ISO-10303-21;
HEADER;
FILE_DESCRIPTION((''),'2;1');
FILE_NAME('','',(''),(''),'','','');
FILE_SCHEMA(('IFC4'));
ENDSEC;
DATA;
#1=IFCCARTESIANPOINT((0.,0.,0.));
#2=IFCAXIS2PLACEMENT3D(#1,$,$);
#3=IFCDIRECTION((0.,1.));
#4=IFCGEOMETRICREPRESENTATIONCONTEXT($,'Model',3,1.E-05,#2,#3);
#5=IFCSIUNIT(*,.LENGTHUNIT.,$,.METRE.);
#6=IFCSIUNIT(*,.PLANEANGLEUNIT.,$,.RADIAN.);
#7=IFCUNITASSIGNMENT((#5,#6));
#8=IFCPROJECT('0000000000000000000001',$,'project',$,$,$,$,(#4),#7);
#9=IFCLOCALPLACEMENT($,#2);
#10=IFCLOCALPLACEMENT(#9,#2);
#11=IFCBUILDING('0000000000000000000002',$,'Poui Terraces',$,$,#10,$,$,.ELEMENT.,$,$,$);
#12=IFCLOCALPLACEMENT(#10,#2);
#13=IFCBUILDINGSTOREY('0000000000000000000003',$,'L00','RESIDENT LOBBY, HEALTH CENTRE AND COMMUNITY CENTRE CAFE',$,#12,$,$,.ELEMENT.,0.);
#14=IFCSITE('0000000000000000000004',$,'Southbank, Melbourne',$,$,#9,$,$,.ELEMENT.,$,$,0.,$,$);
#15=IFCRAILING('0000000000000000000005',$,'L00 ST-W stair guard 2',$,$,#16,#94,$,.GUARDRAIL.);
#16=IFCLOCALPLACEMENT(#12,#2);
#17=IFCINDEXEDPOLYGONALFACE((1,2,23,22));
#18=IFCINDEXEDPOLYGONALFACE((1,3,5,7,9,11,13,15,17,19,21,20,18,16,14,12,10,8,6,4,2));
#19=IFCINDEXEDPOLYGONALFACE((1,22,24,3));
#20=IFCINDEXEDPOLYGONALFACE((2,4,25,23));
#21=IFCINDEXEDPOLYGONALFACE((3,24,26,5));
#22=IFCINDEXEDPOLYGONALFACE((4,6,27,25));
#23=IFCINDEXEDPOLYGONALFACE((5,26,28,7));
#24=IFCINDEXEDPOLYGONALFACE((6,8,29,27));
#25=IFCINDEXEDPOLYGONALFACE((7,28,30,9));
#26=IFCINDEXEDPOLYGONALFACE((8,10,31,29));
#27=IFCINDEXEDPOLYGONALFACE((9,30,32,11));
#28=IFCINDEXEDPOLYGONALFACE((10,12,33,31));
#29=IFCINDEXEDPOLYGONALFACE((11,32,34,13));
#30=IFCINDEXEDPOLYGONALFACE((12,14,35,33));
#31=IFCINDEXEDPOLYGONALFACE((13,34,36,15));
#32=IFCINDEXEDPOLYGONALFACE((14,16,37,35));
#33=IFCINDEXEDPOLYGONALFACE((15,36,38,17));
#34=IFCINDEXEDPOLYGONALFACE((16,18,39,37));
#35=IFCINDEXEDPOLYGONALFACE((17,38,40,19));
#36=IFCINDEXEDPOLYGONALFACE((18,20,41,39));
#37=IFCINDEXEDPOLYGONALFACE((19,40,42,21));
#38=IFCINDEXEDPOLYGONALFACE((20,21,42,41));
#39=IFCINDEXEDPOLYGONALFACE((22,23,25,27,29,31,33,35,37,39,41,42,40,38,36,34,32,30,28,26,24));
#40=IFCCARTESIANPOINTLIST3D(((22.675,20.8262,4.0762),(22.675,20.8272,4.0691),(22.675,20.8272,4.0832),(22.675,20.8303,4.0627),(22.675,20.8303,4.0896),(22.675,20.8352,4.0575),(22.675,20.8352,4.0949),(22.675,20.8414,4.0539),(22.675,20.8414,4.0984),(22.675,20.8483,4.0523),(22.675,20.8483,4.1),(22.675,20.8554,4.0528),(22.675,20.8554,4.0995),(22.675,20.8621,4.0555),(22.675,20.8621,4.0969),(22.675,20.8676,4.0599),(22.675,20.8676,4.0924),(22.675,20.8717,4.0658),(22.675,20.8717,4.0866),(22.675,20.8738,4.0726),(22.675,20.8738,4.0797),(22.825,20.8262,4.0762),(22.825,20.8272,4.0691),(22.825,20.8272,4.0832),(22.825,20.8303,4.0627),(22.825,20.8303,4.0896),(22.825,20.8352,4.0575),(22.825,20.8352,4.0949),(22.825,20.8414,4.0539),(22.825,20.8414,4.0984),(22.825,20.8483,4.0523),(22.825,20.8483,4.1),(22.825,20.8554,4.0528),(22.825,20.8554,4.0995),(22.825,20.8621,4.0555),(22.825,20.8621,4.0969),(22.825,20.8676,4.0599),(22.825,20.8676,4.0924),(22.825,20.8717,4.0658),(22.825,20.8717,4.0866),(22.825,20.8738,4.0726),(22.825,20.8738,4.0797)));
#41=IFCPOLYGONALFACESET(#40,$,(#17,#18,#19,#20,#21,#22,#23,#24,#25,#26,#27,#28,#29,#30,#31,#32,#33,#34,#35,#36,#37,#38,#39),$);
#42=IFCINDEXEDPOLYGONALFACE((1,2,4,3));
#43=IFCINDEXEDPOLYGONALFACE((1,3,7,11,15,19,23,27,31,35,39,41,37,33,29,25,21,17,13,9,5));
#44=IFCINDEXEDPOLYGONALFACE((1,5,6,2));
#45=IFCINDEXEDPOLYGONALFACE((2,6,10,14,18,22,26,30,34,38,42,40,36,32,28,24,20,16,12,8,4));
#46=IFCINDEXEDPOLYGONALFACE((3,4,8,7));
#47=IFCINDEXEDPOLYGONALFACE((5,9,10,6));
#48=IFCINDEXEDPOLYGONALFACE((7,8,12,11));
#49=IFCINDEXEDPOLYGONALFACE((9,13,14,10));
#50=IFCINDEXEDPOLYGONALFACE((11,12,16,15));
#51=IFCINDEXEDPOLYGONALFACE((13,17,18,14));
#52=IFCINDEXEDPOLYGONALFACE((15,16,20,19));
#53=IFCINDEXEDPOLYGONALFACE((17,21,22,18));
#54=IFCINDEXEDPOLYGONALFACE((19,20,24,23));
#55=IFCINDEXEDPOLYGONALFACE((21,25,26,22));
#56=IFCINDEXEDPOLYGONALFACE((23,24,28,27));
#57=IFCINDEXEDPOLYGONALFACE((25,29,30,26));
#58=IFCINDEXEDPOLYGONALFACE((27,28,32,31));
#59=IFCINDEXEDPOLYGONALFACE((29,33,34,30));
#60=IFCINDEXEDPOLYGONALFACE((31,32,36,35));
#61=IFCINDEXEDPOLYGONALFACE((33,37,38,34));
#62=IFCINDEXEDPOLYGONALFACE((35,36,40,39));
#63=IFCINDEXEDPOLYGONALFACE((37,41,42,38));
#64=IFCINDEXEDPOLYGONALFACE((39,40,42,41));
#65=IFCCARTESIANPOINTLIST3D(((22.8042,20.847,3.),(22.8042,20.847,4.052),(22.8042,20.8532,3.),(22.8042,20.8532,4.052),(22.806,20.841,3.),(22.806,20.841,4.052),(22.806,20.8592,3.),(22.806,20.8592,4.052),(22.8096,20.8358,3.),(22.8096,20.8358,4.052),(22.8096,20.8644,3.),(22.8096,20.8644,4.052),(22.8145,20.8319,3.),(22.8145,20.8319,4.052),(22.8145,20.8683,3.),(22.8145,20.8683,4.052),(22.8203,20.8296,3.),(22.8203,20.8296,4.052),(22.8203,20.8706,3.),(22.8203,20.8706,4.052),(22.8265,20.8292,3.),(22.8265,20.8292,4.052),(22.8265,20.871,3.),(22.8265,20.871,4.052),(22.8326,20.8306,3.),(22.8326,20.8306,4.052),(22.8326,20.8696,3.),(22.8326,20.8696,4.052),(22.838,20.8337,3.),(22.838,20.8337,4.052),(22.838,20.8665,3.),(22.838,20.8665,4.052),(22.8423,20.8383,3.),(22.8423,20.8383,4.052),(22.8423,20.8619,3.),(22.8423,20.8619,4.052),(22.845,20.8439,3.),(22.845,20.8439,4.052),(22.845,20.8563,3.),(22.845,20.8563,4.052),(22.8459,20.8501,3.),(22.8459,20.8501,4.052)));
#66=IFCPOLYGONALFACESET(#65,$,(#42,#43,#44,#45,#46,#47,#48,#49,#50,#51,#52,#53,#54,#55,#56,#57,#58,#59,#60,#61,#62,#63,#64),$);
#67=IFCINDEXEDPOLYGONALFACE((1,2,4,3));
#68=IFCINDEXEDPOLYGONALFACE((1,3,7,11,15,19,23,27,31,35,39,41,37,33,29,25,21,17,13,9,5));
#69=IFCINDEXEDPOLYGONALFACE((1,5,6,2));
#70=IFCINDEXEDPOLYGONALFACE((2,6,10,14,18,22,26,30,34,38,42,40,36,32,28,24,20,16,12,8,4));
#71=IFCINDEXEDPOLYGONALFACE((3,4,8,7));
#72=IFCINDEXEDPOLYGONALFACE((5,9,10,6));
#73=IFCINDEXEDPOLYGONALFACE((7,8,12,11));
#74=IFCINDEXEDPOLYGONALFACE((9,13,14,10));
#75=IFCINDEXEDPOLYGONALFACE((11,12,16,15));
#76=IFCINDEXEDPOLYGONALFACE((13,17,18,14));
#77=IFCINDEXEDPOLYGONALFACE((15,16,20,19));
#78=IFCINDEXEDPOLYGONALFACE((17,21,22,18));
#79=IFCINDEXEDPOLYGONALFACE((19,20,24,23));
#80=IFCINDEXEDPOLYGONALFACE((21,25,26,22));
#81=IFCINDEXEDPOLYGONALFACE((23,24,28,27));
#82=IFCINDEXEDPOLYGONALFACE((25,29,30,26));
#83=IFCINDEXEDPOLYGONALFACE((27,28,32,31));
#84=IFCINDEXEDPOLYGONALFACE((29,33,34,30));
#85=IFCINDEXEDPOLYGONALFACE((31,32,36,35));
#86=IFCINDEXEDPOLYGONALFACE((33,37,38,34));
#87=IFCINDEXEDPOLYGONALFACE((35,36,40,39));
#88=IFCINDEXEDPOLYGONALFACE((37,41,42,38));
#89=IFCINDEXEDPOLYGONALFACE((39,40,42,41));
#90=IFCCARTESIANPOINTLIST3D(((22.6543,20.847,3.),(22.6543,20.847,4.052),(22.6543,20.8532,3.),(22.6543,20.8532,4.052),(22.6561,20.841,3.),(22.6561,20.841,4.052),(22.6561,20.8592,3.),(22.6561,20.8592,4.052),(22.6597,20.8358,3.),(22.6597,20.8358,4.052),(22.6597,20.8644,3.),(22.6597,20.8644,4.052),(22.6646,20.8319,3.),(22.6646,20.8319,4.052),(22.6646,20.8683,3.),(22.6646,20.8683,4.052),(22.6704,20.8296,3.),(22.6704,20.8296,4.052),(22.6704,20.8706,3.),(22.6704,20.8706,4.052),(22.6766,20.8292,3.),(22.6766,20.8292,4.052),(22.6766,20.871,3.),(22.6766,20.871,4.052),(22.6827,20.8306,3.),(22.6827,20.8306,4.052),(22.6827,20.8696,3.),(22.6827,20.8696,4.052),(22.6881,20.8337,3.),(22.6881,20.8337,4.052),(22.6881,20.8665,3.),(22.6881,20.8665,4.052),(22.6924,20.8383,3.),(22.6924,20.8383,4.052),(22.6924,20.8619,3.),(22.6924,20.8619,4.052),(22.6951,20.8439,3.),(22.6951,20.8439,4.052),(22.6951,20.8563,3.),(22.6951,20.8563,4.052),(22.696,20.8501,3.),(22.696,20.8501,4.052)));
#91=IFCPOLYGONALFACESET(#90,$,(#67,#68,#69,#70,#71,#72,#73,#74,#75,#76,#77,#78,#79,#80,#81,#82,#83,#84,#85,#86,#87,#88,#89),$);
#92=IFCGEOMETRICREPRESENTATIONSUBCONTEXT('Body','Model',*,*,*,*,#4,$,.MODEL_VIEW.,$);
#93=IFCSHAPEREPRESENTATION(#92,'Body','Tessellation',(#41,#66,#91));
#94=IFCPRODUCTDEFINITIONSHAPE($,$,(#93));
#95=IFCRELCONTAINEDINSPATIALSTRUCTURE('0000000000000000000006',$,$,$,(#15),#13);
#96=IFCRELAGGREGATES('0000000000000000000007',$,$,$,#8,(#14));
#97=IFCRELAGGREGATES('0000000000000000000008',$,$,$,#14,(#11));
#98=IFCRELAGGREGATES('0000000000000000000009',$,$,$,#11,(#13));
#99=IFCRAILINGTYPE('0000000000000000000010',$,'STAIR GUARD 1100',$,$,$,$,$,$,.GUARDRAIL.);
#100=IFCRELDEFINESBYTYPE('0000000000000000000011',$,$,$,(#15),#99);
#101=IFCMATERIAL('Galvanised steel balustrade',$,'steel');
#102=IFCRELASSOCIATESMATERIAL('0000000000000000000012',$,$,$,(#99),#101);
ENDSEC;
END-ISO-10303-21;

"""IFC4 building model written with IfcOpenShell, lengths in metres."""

from ifc_helpers import new_model, si_unit, direction, frame, origin, origin_2d, place, context, subcontext, project, spatial, circle, extrude, material, type_object, element, save


model = new_model("IFC4")

# Units and contexts
model_context = context("Model", 3, precision=1e-05, world=origin(), true_north=direction((0.0, 1.0)))
body_context = subcontext(model_context, "Body", "Model", "MODEL_VIEW")
ifc_project = project(units=[si_unit("LENGTHUNIT", "METRE"), si_unit("PLANEANGLEUNIT", "RADIAN")], contexts=[model_context])

# Site, building, storey
site_placement = place(None, origin())
site = spatial("IfcSite", under=ifc_project, at=site_placement, Name="Southbank, Melbourne", CompositionType="ELEMENT", RefElevation=0.0)
building_placement = place(site_placement, origin())
building = spatial("IfcBuilding", under=site, at=building_placement, Name="Poui Terraces", CompositionType="ELEMENT")
storey_placement = place(building_placement, origin())
storey = spatial("IfcBuildingStorey", under=building, at=storey_placement, Name="L00", Description="RESIDENT LOBBY, HEALTH CENTRE AND COMMUNITY CENTRE CAFE", CompositionType="ELEMENT", Elevation=0.0)

# Railing
ifc_material_1 = material(Name="Galvanised steel balustrade", Category="steel")
railing_type_1 = type_object("IfcRailingType", Name="STAIR GUARD 1100", PredefinedType="GUARDRAIL", material=ifc_material_1)
railing_1_placement = place(storey_placement, frame((22.825, 20.8501, 3.0)))
element("IfcRailing", 1, at=railing_1_placement, inside=storey, type_object=railing_type_1, Name="L00 ST-W stair guard 2", PredefinedType="GUARDRAIL", context=body_context, shape_type="SweptSolid", body=[
    extrude(circle(Radius=0.0239, at=origin_2d()), frame((0.0, 0.0, 1.0762), z_axis=(-1.0, 0.0, 0.0), x_axis=(0.0, -1.0, 0.0)), (0.0, 0.0, 1.0), 0.1499),
    extrude(circle(Radius=0.021, at=origin_2d()), origin(), (0.0, 0.0, 1.0), 1.052),
    extrude(circle(Radius=0.021, at=origin_2d()), frame((-0.1499, 0.0, 0.0)), (0.0, 0.0, 1.0), 1.052),
])

save(model, "model.ifc")
